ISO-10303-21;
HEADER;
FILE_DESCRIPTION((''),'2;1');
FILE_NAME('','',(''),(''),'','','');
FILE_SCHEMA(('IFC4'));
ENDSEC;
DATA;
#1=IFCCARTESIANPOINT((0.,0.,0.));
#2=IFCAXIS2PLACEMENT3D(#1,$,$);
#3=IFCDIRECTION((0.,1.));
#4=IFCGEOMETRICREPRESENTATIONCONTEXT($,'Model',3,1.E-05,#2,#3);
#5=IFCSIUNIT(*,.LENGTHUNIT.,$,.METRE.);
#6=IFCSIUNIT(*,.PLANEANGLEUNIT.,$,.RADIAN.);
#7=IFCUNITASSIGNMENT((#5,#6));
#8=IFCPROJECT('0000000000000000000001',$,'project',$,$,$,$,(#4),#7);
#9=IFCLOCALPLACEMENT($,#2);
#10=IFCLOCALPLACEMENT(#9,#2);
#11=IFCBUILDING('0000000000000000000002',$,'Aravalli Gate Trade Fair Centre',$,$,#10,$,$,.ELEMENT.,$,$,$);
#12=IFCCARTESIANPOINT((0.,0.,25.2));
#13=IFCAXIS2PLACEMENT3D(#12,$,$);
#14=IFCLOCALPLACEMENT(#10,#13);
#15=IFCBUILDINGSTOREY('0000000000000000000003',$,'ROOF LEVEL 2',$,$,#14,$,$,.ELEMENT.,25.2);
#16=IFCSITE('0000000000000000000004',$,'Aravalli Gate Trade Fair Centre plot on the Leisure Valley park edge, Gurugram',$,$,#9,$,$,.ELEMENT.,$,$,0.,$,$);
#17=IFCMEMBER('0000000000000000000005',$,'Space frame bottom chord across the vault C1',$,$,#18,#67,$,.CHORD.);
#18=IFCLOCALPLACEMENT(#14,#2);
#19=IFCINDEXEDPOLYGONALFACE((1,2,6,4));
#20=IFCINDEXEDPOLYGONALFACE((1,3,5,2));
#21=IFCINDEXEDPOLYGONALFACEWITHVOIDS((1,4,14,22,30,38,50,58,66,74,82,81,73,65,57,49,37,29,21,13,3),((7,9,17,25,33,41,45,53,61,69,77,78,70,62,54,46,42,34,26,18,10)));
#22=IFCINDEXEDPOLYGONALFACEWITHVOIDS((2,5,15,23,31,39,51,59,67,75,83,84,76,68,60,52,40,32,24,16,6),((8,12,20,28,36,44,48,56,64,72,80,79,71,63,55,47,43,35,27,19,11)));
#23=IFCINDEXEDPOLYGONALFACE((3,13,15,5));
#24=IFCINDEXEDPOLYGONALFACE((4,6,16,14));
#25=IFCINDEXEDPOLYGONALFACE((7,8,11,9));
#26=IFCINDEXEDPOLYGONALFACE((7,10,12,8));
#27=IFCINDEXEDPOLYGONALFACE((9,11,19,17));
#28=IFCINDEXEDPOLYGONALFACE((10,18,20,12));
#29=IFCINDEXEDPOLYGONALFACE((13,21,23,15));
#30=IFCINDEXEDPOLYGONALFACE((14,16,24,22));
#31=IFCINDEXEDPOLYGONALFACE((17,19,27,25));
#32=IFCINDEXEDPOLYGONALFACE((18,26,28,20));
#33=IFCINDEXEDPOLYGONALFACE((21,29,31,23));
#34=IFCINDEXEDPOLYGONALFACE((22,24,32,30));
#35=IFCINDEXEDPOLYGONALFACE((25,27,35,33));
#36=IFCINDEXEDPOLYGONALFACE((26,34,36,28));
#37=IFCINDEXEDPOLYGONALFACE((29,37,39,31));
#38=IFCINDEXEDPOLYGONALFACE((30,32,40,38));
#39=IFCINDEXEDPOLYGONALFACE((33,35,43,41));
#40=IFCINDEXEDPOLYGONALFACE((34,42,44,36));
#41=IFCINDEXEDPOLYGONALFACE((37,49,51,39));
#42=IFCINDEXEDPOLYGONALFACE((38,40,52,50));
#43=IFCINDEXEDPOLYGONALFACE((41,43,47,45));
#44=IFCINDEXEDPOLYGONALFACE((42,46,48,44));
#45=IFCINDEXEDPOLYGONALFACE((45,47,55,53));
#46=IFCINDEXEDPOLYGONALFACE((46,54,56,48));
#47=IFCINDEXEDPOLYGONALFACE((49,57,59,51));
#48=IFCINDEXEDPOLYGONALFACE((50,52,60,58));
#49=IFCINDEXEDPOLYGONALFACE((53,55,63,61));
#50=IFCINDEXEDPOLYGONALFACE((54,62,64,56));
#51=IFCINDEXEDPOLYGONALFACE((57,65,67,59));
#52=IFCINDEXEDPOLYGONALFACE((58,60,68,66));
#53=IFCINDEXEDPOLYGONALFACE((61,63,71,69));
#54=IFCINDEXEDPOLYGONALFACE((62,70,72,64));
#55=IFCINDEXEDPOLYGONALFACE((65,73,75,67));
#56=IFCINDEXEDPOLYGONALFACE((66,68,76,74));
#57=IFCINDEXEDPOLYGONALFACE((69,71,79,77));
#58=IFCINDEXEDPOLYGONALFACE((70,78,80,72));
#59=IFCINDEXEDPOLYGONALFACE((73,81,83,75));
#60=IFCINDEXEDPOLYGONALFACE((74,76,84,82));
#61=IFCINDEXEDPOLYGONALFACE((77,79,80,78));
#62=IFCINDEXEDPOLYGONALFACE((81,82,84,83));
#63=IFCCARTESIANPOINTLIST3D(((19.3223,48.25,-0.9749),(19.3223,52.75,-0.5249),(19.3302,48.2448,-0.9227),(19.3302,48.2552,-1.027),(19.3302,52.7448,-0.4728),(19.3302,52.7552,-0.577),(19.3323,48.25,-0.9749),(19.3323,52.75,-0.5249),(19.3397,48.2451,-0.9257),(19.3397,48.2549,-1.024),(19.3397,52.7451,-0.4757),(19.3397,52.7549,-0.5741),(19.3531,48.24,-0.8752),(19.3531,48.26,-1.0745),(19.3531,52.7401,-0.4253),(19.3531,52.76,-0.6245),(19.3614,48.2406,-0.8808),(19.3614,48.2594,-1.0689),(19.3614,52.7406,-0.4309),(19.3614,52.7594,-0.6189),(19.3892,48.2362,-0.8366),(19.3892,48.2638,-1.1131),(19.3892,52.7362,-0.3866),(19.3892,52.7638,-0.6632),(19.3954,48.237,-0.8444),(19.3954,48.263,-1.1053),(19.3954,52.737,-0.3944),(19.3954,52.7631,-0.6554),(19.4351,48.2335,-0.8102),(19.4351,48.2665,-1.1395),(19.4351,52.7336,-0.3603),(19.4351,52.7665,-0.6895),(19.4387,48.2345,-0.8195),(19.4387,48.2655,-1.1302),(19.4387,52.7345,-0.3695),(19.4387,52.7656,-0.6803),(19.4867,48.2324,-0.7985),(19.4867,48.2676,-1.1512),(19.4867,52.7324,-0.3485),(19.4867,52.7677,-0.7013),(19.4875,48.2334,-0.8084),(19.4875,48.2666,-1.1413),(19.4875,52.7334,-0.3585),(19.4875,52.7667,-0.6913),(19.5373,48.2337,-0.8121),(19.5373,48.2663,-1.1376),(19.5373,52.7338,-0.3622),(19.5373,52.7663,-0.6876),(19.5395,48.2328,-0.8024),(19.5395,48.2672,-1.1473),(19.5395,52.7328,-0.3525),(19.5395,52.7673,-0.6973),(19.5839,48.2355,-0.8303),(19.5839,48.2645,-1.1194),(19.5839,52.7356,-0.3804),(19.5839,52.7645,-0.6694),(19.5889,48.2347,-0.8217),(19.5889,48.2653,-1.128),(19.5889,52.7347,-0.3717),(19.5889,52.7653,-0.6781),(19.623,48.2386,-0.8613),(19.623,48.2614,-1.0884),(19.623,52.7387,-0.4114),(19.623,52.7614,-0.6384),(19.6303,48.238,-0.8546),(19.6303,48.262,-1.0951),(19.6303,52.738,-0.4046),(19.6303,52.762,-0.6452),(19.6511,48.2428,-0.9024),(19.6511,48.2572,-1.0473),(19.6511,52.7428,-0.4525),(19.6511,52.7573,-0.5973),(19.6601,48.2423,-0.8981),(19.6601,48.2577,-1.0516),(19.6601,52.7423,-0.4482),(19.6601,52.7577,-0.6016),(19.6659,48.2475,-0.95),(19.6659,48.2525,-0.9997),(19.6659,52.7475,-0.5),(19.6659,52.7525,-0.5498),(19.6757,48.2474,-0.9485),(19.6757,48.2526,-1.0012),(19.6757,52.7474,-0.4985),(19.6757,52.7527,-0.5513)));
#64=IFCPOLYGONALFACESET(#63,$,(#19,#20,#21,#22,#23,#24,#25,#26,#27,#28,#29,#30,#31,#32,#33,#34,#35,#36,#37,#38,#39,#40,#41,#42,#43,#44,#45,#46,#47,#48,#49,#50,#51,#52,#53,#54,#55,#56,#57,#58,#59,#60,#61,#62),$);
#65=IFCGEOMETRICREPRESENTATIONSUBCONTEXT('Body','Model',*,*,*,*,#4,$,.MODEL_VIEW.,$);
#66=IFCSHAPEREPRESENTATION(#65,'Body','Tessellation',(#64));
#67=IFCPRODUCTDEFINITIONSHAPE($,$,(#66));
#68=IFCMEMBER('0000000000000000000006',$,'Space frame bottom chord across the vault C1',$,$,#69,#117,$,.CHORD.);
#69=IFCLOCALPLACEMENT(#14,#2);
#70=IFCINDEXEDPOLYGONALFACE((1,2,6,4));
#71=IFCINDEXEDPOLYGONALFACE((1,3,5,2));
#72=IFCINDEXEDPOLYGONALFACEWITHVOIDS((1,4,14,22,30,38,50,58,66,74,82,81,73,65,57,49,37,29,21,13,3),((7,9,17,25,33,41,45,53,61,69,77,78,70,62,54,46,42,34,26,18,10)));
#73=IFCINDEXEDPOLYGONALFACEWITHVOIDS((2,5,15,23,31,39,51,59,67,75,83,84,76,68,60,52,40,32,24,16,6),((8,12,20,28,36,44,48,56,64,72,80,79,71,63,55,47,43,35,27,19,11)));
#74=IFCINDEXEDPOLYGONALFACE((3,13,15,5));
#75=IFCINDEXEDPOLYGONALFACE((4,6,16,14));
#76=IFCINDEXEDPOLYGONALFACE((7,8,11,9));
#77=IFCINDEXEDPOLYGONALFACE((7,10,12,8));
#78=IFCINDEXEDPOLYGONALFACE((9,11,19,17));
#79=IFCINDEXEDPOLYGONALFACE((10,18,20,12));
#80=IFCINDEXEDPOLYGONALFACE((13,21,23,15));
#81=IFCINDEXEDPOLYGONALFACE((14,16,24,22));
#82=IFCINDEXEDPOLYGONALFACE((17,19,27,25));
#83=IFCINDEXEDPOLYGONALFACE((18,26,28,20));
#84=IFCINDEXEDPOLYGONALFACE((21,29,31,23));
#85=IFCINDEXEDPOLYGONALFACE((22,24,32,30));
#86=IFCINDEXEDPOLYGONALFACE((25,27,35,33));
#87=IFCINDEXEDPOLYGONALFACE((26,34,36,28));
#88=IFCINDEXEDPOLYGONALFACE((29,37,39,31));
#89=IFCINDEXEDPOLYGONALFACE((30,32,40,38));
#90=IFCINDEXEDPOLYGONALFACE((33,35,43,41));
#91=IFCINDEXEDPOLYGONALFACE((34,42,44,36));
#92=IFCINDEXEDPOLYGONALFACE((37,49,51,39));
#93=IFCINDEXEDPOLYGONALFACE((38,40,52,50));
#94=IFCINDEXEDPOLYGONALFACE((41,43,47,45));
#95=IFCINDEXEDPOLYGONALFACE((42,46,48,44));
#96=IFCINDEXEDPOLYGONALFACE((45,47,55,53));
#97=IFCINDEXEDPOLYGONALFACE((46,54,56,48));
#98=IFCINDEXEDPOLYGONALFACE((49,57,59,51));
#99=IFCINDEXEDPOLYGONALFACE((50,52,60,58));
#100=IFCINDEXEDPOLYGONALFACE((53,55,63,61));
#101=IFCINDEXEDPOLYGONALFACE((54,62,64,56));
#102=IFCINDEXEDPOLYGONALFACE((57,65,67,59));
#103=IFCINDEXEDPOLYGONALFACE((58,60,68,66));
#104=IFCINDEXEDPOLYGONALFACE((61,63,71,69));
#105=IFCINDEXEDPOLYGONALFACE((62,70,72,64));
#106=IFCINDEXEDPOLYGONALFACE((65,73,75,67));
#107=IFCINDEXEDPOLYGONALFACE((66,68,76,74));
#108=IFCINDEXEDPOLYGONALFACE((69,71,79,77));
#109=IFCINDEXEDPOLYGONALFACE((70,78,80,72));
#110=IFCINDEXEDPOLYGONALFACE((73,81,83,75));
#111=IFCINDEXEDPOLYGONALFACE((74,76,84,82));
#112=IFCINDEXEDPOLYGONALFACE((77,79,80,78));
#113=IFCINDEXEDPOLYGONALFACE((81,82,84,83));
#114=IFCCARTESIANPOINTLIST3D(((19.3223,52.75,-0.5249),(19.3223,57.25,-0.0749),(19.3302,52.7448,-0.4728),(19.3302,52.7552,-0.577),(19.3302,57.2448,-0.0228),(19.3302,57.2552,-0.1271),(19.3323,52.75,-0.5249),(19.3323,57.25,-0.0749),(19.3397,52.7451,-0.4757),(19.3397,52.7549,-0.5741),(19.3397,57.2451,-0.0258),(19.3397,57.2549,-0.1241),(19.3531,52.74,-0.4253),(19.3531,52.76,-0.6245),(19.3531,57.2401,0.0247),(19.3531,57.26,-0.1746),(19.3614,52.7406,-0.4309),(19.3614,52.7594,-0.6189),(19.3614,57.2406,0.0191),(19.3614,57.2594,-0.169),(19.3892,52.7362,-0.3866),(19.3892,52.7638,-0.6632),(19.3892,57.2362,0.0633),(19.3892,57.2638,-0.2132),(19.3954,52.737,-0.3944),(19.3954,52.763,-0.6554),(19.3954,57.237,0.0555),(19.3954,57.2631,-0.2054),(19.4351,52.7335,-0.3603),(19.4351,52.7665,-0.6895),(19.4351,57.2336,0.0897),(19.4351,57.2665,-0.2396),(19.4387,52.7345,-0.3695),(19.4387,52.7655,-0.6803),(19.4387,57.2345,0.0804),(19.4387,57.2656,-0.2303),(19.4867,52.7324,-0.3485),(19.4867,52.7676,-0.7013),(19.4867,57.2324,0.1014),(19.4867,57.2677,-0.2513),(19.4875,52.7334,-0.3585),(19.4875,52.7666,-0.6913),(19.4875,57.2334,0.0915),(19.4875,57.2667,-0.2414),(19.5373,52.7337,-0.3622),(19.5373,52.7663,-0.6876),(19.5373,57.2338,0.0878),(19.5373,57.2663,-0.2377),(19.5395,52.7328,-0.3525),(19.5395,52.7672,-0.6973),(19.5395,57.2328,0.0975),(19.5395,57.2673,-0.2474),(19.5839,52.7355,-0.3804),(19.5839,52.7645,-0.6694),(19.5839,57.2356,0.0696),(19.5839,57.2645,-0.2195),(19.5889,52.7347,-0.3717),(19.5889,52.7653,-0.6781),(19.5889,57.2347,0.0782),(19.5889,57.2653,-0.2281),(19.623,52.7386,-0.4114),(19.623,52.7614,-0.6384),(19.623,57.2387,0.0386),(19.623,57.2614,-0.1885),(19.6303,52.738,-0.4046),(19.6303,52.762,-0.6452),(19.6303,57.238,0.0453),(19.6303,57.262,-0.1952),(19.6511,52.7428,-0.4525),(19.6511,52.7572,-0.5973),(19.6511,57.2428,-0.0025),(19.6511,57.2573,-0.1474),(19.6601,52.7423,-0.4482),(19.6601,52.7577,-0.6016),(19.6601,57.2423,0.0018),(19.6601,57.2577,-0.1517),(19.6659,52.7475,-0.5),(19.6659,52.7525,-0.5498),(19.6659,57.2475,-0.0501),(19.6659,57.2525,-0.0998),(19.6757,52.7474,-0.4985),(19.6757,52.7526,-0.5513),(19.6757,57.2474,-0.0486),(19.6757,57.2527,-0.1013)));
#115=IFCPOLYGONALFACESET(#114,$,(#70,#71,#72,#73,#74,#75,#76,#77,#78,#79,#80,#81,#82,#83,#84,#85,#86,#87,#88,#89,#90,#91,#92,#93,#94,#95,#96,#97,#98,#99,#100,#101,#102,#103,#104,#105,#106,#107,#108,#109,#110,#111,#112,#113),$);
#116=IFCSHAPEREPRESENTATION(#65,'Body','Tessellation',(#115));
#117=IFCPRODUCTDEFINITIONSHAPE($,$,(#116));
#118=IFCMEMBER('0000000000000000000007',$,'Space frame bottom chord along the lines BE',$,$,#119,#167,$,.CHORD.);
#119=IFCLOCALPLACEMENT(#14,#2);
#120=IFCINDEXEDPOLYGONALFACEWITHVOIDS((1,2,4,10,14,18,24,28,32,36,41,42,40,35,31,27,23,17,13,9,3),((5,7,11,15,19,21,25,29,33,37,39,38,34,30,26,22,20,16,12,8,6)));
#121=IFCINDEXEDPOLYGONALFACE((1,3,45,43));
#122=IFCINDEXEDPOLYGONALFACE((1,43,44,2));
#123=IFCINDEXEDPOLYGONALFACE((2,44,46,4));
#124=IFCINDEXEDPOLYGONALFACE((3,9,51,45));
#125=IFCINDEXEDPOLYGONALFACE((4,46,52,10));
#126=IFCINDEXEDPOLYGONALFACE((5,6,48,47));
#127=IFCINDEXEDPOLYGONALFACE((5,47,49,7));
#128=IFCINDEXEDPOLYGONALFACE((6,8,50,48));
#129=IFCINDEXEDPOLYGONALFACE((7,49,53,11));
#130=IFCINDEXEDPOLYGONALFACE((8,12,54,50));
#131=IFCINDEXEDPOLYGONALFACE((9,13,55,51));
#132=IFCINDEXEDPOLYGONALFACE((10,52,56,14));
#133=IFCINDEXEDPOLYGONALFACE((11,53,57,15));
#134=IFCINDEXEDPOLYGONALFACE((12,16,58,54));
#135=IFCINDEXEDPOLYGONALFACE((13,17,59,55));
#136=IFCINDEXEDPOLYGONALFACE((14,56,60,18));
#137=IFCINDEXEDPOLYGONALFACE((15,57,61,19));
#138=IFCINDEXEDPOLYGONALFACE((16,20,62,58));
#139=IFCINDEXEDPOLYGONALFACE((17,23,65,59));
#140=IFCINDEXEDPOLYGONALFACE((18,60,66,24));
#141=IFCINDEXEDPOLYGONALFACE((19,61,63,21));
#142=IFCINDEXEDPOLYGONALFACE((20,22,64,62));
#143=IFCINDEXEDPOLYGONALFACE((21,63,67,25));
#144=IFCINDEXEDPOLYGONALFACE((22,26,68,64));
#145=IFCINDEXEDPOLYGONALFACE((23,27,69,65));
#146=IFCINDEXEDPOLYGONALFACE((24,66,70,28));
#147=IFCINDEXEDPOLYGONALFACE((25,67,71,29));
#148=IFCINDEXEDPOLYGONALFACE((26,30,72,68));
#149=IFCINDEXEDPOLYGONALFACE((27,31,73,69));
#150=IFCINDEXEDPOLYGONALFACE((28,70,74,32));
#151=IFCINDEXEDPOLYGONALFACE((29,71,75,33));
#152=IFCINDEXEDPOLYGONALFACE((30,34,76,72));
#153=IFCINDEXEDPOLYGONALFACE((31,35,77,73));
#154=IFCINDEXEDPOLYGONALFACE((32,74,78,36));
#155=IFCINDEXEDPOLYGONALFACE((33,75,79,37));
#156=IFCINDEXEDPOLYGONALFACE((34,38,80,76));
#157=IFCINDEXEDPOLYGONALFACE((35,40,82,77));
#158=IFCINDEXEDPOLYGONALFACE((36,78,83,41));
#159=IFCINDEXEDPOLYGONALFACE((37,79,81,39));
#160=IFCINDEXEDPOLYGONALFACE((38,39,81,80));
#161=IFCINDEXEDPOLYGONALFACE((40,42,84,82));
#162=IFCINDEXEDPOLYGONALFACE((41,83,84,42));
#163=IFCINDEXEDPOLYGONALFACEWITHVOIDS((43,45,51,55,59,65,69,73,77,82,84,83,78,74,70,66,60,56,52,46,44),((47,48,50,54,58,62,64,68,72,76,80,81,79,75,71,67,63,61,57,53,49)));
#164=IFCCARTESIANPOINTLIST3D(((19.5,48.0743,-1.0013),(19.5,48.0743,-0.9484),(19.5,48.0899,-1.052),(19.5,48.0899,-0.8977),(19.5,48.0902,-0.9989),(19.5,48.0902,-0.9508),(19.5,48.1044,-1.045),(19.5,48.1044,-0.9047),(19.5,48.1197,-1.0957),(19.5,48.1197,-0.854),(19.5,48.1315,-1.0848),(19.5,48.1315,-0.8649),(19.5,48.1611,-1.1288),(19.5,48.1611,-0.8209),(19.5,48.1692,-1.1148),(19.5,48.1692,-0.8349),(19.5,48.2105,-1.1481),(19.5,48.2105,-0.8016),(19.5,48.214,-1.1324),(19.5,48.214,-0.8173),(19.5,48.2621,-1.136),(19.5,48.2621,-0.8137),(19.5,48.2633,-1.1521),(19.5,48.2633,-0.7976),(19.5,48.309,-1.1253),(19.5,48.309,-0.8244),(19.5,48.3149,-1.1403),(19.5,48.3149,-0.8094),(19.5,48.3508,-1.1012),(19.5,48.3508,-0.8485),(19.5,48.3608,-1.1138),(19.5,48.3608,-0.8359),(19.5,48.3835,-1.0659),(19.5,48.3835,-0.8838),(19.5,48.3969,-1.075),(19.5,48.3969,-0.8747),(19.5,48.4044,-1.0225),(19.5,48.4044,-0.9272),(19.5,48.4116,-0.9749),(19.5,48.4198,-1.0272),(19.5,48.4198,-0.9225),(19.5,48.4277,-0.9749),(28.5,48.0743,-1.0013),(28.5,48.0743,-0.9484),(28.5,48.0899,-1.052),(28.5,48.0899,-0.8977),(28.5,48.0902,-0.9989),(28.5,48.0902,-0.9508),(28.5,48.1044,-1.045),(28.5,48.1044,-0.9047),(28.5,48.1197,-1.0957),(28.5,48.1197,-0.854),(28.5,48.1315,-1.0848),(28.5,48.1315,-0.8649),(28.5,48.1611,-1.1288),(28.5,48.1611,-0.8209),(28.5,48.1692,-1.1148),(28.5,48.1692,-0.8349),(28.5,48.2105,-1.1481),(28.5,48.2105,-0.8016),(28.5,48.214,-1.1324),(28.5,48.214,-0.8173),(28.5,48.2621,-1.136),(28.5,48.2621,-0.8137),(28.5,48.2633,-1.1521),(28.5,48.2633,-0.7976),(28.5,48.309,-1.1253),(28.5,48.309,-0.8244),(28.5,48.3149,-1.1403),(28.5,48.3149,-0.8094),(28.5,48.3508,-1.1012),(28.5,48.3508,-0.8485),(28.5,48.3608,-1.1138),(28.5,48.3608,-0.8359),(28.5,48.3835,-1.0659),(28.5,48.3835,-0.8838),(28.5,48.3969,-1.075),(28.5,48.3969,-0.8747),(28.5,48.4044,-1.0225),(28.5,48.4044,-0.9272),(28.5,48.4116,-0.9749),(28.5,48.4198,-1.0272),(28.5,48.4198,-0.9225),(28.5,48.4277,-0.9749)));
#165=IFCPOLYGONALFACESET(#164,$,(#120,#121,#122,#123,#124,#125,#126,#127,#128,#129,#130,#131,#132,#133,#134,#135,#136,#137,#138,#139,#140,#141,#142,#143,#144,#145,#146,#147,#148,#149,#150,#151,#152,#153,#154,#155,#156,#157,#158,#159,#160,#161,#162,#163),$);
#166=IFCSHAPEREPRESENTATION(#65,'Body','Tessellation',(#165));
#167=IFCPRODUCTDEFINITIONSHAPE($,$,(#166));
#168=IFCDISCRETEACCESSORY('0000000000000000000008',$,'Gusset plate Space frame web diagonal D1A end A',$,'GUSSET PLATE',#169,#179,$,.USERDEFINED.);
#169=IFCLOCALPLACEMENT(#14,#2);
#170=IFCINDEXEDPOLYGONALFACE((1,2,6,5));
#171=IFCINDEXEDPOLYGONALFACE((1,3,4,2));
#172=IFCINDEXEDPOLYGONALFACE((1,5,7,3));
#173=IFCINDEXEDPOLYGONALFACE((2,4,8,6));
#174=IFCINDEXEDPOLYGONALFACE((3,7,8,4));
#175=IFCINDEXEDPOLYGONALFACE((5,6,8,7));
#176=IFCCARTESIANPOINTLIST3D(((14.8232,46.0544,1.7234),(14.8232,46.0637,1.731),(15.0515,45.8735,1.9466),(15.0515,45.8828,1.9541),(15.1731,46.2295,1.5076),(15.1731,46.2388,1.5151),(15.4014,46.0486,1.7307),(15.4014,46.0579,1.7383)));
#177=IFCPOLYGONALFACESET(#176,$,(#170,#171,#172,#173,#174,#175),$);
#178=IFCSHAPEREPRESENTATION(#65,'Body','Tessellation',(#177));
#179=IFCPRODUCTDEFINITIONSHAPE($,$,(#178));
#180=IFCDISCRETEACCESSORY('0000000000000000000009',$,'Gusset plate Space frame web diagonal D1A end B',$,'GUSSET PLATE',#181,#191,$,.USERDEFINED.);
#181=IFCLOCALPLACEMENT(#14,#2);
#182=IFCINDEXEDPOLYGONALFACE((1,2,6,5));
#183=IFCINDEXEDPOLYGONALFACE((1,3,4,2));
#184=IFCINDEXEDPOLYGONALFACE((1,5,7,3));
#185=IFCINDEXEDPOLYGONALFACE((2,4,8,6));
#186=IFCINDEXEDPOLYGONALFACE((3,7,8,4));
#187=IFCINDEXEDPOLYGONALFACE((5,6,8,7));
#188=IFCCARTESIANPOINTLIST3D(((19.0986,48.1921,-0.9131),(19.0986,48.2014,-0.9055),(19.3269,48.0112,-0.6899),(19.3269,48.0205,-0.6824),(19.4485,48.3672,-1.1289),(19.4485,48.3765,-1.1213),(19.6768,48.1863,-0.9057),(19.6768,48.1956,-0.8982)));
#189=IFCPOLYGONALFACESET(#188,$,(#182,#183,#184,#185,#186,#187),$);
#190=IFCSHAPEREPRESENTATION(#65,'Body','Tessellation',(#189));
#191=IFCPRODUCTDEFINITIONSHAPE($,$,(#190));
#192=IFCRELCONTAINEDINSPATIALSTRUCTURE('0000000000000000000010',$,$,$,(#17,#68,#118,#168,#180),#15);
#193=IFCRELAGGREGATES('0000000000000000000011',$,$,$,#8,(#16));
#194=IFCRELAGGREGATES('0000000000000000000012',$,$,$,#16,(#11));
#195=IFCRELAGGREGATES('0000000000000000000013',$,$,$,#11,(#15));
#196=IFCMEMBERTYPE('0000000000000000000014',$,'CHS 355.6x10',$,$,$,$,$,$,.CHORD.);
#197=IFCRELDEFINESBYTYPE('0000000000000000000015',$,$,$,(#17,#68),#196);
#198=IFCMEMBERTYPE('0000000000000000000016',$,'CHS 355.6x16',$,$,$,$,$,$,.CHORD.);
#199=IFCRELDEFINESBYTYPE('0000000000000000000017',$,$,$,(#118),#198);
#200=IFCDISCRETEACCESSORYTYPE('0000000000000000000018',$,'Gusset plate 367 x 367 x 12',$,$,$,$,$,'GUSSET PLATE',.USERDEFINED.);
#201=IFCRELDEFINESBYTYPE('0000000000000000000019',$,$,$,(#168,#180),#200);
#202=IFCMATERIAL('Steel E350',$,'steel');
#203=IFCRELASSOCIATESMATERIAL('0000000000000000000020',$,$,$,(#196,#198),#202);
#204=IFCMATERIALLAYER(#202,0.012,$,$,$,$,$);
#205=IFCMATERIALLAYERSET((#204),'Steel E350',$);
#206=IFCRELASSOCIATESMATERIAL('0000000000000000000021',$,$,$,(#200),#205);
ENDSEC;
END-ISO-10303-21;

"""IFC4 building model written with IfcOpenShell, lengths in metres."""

from ifc_helpers import new_model, si_unit, direction, frame, origin, origin_2d, place, context, subcontext, project, spatial, polyline, hollow_circle, outline, extrude, material, layer, layer_set, material_profile, profile_set, type_object, element, save


model = new_model("IFC4")

# Units and contexts
model_context = context("Model", 3, precision=1e-05, world=origin(), true_north=direction((0.0, 1.0)))
body_context = subcontext(model_context, "Body", "Model", "MODEL_VIEW")
ifc_project = project(units=[si_unit("LENGTHUNIT", "METRE"), si_unit("PLANEANGLEUNIT", "RADIAN")], contexts=[model_context])

# Site, building, storey
site_placement = place(None, origin())
site = spatial("IfcSite", under=ifc_project, at=site_placement, Name="Aravalli Gate Trade Fair Centre plot on the Leisure Valley park edge, Gurugram", CompositionType="ELEMENT", RefElevation=0.0)
building_placement = place(site_placement, origin())
building = spatial("IfcBuilding", under=site, at=building_placement, Name="Aravalli Gate Trade Fair Centre", CompositionType="ELEMENT")
storey_placement = place(building_placement, frame((0.0, 0.0, 25.2)))
storey = spatial("IfcBuildingStorey", under=building, at=storey_placement, Name="ROOF LEVEL 2", CompositionType="ELEMENT", Elevation=25.2)

# Members
ifc_material = material(Name="Steel E350", Category="steel")
ifc_material_profile_1 = material_profile(ifc_material, hollow_circle(Radius=0.1777, WallThickness=0.01, at=origin_2d()), Name="CHS 355.6x10")
ifc_profile_set_1 = profile_set([ifc_material_profile_1], Name="Steel E350")
member_type_1 = type_object("IfcMemberType", Name="CHS 355.6x10", PredefinedType="CHORD", material=ifc_profile_set_1)
for number, where, z_axis, x_axis, name in (
    (1, (19.5, 48.25, -0.9749), (0.0, 0.995038, 0.099493), (-1.0, 0.0, 0.0), "Space frame bottom chord across the vault C1"),
    (2, (19.5, 52.75, -0.5249), (0.0, 0.995038, 0.099493), (-1.0, 0.0, 0.0), "Space frame bottom chord across the vault C1"),
):
    element("IfcMember", number, at=place(storey_placement, frame(where, z_axis=z_axis, x_axis=x_axis)), inside=storey, type_object=member_type_1, Name=name, PredefinedType="CHORD", context=body_context, shape_type="SweptSolid", body=[
        extrude(hollow_circle(Radius=0.1777, WallThickness=0.01, at=origin_2d()), origin(), (0.0, 0.0, 1.0), 4.5225),
    ])
ifc_material_profile_2 = material_profile(ifc_material, hollow_circle(Radius=0.1777, WallThickness=0.0161, at=origin_2d()), Name="CHS 355.6x16")
ifc_profile_set_2 = profile_set([ifc_material_profile_2], Name="Steel E350")
member_type_2 = type_object("IfcMemberType", Name="CHS 355.6x16", PredefinedType="CHORD", material=ifc_profile_set_2)
member_1_placement = place(storey_placement, frame((19.5, 48.25, -0.9749), z_axis=(1.0, 0.0, 0.0), x_axis=(0.0, 1.0, 0.0)))
element("IfcMember", 3, at=member_1_placement, inside=storey, type_object=member_type_2, Name="Space frame bottom chord along the lines BE", PredefinedType="CHORD", context=body_context, shape_type="SweptSolid", body=[
    extrude(hollow_circle(Radius=0.1777, WallThickness=0.0161, at=origin_2d()), origin(), (0.0, 0.0, 1.0), 9.0),
])

# Discrete accessories
ifc_layer = layer(ifc_material, 0.012)
ifc_layer_set = layer_set([ifc_layer], Name="Steel E350")
discrete_accessory_type = type_object("IfcDiscreteAccessoryType", Name="Gusset plate 367 x 367 x 12", ElementType="GUSSET PLATE", PredefinedType="USERDEFINED", material=ifc_layer_set)
discrete_accessory_1_placement = place(storey_placement, frame((15.1731, 46.2388, 1.5151), z_axis=(-0.000107, 0.776736, 0.629826), x_axis=(-0.783044, -0.391795, 0.48305)))
element("IfcDiscreteAccessory", 4, at=discrete_accessory_1_placement, inside=storey, type_object=discrete_accessory_type, Name="Gusset plate Space frame web diagonal D1A end A", ObjectType="GUSSET PLATE", PredefinedType="USERDEFINED", context=body_context, shape_type="SweptSolid", body=[
    extrude(outline(polyline([(0.0, 0.0), (0.4468, 0.0), (0.4467, 0.3669), (-0.0001, 0.3669), (0.0, 0.0)])), origin(), (0.0, 0.0, -1.0), 0.012),
])
discrete_accessory_2_placement = place(storey_placement, frame((19.0986, 48.2014, -0.9055), z_axis=(-0.000107, 0.776736, 0.629826), x_axis=(0.783044, 0.391795, -0.48305)))
element("IfcDiscreteAccessory", 5, at=discrete_accessory_2_placement, inside=storey, type_object=discrete_accessory_type, Name="Gusset plate Space frame web diagonal D1A end B", ObjectType="GUSSET PLATE", PredefinedType="USERDEFINED", context=body_context, shape_type="SweptSolid", body=[
    extrude(outline(polyline([(0.0, 0.0), (0.4468, 0.0), (0.4469, -0.3669), (0.0001, -0.3669), (0.0, 0.0)])), origin(), (0.0, 0.0, -1.0), 0.012),
])

save(model, "model.ifc")
